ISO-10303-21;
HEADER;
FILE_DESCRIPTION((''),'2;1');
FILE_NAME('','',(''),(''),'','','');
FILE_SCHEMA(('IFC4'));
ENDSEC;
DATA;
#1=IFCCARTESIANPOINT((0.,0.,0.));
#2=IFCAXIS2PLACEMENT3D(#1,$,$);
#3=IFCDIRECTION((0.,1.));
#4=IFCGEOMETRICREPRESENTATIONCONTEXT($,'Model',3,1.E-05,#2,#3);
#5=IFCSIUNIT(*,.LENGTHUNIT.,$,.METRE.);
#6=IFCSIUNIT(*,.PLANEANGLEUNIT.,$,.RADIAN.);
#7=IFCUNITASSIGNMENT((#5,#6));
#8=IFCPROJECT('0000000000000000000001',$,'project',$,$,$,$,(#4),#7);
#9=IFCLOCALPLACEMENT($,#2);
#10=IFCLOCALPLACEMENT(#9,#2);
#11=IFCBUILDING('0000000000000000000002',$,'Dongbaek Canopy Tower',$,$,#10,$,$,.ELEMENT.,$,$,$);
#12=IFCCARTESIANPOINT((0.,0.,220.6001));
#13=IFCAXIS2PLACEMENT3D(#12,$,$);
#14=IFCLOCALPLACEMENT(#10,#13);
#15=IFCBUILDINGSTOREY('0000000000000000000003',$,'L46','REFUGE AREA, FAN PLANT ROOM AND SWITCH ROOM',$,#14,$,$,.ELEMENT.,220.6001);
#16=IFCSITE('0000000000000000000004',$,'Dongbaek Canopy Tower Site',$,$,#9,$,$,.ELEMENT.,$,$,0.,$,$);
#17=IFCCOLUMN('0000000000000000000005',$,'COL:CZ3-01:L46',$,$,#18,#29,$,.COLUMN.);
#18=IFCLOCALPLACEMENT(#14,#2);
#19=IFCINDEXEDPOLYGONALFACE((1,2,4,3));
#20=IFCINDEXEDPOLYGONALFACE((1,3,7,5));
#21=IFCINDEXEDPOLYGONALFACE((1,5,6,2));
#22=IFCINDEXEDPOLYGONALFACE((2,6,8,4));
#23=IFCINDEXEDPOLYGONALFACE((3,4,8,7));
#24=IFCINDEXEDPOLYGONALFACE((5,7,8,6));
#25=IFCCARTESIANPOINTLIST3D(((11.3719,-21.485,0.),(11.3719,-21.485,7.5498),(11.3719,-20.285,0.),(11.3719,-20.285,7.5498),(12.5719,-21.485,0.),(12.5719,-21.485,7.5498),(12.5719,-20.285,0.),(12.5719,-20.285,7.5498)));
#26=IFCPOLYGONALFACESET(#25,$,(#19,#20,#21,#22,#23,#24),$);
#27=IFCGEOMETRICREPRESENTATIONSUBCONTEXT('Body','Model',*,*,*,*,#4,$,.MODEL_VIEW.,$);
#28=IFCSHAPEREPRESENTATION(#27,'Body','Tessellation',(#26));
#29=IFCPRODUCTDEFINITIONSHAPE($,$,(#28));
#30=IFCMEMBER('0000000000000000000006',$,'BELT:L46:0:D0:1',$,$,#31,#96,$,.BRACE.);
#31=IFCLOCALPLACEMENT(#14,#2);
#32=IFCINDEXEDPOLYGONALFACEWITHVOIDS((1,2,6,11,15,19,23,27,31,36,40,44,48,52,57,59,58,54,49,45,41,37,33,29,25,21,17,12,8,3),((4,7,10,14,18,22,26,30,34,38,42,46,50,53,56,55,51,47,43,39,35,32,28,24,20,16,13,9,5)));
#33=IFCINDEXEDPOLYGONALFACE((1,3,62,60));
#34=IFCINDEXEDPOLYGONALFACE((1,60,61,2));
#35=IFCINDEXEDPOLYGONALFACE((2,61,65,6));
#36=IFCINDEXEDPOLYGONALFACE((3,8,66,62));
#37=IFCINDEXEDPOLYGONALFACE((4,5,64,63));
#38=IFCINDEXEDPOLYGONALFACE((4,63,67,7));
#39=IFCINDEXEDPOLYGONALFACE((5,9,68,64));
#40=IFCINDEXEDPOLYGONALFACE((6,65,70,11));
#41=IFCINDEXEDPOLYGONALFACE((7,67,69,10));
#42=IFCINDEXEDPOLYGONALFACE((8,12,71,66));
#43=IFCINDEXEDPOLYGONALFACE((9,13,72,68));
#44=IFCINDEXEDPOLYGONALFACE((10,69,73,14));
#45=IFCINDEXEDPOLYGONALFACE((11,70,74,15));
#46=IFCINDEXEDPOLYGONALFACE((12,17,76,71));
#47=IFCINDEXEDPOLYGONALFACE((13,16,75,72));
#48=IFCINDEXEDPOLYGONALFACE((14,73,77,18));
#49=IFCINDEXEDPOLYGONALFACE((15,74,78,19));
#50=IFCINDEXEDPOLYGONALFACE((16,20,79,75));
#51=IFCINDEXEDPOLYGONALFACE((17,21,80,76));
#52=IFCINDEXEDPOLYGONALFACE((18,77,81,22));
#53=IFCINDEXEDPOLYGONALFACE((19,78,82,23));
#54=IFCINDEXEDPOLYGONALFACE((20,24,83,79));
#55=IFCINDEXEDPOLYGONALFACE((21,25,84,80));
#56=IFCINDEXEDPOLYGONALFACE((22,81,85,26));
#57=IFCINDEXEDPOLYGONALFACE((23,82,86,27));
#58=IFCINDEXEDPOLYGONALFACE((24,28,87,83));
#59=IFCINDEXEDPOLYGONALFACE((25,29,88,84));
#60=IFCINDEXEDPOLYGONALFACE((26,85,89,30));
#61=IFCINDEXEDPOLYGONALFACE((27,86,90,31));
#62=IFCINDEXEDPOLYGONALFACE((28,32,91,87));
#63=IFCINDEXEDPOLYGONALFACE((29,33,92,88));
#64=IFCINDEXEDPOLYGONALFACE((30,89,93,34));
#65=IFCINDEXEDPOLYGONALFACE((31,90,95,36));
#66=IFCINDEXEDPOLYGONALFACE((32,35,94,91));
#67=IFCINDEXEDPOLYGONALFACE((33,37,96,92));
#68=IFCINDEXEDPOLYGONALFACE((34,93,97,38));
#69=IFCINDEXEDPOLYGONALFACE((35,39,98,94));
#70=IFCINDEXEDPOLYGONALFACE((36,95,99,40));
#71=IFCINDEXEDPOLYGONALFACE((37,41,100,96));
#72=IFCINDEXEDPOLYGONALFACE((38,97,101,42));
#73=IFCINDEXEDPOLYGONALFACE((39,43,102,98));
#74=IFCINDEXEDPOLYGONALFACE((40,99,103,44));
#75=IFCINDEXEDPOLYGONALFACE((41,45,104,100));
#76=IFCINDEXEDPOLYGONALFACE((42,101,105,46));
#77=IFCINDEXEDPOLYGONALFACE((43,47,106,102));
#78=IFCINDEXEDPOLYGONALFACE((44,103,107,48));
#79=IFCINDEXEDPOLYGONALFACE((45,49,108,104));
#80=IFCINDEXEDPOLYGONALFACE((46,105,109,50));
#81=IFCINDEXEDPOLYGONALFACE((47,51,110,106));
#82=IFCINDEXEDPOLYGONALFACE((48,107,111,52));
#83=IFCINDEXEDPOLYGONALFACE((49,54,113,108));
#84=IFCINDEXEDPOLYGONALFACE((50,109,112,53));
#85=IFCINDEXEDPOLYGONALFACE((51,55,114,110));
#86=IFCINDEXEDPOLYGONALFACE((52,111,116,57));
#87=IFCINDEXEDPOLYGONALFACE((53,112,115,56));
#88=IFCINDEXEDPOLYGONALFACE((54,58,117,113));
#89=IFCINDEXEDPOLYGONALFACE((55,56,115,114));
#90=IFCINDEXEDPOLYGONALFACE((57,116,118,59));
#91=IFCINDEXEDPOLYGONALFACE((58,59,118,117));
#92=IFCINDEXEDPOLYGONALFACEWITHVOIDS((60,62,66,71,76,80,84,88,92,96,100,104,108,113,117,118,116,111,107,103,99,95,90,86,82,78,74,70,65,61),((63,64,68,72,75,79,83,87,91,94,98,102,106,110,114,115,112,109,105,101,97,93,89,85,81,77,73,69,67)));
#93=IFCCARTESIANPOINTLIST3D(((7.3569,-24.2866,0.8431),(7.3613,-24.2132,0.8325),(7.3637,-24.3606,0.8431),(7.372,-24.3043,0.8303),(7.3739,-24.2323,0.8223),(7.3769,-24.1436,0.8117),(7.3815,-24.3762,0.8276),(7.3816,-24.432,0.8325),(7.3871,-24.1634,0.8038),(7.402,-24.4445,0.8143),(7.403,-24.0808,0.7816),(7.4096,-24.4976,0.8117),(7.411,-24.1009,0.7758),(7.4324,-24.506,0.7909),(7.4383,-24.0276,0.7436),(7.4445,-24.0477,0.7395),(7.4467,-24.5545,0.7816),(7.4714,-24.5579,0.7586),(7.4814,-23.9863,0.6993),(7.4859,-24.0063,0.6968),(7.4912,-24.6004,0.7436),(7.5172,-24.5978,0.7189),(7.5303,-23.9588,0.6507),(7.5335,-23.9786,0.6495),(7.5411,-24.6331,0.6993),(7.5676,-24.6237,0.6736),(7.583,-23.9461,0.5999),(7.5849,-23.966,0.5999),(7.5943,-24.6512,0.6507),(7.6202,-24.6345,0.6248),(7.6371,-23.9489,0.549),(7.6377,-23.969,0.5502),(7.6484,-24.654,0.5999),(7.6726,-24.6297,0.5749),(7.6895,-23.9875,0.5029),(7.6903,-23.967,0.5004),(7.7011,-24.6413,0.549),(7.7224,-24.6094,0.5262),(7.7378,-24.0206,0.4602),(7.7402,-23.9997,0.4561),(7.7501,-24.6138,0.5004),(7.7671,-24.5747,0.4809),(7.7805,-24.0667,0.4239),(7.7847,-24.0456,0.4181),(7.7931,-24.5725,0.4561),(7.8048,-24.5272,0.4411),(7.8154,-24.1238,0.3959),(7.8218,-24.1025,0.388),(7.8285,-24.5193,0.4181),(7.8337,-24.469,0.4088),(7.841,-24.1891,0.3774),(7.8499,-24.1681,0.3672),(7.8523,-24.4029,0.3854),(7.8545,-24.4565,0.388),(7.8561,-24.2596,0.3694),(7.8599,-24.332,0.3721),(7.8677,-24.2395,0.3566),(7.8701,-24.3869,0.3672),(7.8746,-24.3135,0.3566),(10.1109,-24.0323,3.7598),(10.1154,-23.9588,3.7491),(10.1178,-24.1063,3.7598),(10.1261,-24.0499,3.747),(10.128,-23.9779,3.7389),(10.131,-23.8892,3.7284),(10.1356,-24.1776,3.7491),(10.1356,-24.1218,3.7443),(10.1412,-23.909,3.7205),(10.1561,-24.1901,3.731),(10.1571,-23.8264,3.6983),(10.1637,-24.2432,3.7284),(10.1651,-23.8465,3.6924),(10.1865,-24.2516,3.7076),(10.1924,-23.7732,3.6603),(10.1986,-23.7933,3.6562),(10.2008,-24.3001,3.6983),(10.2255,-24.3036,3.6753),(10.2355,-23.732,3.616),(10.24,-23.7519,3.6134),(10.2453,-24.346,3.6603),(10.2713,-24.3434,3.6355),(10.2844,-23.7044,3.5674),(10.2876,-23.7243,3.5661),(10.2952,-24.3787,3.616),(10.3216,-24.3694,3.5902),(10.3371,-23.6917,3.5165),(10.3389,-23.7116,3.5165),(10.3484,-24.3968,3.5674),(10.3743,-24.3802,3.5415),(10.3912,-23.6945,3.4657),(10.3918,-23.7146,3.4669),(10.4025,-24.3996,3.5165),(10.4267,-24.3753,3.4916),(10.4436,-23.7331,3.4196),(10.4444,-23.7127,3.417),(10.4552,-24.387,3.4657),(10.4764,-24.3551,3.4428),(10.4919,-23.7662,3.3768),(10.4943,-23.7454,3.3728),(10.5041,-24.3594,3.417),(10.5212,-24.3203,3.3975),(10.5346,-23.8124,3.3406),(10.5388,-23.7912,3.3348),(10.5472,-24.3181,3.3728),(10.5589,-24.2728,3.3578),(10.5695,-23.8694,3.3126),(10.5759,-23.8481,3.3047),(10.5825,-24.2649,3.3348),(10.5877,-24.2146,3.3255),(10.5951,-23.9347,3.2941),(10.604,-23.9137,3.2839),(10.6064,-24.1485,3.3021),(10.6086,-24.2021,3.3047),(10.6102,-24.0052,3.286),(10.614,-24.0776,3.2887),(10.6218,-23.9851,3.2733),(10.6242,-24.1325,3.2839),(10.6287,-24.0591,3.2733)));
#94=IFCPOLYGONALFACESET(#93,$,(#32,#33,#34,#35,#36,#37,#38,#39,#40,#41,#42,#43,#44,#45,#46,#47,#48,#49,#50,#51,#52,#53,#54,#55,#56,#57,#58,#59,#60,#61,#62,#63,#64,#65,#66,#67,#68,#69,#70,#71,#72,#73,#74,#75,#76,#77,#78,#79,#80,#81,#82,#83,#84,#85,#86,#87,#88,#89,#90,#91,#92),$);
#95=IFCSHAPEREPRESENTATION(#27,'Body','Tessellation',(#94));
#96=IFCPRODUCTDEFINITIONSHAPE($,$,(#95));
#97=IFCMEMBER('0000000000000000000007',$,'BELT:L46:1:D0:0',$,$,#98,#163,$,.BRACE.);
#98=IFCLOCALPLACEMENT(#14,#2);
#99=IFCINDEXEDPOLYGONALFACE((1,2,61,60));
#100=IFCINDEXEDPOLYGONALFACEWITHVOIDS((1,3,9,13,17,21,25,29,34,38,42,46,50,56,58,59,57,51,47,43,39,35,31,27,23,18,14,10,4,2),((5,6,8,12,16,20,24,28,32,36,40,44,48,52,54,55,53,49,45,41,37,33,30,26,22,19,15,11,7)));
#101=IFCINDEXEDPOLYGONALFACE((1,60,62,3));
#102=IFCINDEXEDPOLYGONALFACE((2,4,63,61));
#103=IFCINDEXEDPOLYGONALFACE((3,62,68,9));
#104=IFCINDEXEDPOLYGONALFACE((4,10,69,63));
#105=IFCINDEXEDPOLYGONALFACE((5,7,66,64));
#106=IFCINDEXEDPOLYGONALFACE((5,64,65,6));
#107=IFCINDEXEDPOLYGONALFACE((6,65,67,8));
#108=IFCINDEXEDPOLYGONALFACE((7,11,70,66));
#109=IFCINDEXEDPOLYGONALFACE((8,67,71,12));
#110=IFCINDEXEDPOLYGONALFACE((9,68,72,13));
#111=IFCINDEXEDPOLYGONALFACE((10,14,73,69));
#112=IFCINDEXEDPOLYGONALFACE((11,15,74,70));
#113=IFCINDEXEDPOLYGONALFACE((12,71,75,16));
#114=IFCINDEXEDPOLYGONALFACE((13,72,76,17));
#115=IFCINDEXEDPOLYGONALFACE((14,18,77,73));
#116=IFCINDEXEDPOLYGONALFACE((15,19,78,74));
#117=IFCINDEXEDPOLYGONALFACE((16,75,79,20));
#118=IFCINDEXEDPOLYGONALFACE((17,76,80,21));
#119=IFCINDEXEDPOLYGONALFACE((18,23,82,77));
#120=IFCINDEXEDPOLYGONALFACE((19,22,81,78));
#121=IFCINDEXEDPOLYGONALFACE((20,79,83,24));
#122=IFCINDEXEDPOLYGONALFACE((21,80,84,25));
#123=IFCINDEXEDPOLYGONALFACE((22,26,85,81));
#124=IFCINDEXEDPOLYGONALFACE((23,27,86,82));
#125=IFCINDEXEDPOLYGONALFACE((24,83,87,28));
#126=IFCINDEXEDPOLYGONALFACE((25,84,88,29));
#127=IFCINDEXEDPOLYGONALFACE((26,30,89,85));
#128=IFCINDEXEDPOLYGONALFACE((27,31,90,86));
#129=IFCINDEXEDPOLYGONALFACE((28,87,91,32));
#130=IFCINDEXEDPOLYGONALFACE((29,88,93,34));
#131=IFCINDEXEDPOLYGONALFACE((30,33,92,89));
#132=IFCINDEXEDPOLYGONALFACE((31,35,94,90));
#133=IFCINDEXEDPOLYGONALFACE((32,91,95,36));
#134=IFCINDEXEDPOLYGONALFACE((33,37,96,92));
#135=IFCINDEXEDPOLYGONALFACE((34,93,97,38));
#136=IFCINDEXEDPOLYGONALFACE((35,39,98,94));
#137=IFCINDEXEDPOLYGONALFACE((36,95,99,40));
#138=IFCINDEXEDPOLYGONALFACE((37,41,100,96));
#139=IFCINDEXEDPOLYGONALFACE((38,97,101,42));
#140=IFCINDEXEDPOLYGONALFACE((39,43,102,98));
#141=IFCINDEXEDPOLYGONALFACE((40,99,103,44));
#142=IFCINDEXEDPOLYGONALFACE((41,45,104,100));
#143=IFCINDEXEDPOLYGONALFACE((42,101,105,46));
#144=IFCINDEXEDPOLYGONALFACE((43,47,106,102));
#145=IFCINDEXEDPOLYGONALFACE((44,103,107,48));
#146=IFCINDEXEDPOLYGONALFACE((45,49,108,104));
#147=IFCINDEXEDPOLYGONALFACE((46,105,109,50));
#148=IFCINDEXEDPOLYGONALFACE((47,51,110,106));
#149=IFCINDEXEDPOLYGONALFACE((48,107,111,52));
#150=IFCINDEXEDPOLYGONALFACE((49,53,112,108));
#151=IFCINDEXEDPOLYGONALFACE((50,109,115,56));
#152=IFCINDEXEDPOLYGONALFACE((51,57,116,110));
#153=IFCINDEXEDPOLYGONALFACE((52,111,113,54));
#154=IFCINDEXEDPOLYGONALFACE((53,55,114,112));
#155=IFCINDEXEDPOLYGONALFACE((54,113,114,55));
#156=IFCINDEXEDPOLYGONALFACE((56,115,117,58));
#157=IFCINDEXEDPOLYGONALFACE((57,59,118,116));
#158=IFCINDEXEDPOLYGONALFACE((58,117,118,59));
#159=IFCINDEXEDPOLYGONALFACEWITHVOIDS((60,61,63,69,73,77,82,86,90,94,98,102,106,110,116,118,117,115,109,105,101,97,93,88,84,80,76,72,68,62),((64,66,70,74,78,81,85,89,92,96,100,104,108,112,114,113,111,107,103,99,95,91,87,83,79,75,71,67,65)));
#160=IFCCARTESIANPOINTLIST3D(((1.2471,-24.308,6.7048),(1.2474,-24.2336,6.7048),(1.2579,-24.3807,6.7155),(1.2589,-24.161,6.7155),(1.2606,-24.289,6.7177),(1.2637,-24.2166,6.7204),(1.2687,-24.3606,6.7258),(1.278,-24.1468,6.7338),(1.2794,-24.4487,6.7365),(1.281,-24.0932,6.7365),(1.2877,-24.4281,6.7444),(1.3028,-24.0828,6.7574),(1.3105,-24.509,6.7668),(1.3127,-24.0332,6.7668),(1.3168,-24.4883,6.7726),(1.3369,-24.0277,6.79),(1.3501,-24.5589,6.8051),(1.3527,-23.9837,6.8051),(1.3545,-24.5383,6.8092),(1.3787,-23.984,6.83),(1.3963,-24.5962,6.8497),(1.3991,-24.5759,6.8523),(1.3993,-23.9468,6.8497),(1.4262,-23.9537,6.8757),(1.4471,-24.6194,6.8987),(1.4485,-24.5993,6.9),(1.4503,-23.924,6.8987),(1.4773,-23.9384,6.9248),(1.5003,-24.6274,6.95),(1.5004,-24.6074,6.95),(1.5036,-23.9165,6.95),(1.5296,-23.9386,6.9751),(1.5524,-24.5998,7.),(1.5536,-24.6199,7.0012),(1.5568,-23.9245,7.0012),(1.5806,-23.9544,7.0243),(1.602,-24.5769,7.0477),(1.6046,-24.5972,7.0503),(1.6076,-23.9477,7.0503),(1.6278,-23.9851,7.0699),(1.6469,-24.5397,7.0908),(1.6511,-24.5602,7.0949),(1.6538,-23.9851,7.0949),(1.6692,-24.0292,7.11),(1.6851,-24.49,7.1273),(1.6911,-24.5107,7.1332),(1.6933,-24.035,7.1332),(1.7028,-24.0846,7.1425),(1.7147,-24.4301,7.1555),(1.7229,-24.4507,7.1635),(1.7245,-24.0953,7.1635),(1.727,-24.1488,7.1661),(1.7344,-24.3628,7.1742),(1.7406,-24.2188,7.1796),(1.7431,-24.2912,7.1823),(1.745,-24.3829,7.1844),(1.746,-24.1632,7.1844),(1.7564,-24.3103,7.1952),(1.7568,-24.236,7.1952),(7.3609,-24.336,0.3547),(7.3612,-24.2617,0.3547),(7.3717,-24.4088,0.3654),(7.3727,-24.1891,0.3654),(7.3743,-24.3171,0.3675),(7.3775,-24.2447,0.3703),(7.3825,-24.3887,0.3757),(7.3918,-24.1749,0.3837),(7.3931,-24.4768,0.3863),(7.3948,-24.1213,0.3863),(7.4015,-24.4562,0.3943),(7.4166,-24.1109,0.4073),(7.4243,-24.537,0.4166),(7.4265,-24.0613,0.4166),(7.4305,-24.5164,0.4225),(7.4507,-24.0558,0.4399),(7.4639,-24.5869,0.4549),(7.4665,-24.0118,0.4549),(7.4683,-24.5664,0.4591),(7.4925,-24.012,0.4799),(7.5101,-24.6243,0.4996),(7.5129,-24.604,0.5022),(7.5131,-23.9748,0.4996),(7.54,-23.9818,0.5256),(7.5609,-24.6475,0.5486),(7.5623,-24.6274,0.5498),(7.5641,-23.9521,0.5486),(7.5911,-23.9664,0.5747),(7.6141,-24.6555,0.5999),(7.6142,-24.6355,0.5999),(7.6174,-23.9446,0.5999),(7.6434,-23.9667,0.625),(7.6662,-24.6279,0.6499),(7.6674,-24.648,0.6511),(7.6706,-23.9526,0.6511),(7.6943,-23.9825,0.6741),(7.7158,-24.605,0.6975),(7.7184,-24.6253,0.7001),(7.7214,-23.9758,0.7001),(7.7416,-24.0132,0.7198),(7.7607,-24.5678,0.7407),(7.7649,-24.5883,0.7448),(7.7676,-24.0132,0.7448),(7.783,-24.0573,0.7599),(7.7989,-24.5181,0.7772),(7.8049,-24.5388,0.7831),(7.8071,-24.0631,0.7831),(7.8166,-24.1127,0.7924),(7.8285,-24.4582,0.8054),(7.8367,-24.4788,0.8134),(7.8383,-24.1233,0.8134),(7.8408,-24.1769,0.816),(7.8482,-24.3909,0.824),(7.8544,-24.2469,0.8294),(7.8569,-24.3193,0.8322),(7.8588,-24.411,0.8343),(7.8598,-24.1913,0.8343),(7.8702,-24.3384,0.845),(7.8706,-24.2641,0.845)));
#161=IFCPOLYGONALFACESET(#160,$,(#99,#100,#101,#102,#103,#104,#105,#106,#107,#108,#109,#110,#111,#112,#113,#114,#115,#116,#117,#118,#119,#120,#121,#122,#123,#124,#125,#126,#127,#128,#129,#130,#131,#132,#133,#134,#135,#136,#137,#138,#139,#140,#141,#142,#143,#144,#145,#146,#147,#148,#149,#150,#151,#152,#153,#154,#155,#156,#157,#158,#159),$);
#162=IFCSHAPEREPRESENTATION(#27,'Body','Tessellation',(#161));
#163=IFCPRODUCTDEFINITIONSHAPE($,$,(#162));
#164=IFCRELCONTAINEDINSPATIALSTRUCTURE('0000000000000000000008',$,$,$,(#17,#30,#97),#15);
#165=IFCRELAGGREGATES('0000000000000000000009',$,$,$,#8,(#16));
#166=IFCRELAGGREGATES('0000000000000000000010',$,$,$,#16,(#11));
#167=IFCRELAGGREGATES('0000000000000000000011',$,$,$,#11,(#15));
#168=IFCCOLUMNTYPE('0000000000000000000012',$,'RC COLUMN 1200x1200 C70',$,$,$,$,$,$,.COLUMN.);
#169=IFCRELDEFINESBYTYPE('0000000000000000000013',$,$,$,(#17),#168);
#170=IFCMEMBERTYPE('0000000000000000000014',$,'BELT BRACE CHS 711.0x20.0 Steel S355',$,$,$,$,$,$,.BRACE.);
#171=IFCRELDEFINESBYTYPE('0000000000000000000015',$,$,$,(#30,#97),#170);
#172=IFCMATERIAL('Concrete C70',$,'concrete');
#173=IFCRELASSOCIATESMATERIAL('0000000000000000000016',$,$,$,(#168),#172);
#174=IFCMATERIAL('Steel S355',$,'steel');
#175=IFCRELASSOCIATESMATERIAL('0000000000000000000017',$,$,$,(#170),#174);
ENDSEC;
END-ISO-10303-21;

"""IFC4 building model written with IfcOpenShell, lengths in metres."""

from ifc_helpers import new_model, si_unit, direction, frame, origin, origin_2d, place, context, subcontext, project, spatial, rectangle, hollow_circle, extrude, material, material_profile, profile_set, type_object, element, save


model = new_model("IFC4")

# Units and contexts
model_context = context("Model", 3, precision=1e-05, world=origin(), true_north=direction((0.0, 1.0)))
body_context = subcontext(model_context, "Body", "Model", "MODEL_VIEW")
ifc_project = project(units=[si_unit("LENGTHUNIT", "METRE"), si_unit("PLANEANGLEUNIT", "RADIAN")], contexts=[model_context])

# Site, building, storey
site_placement = place(None, origin())
site = spatial("IfcSite", under=ifc_project, at=site_placement, Name="Dongbaek Canopy Tower Site", CompositionType="ELEMENT", RefElevation=0.0)
building_placement = place(site_placement, origin())
building = spatial("IfcBuilding", under=site, at=building_placement, Name="Dongbaek Canopy Tower", CompositionType="ELEMENT")
storey_placement = place(building_placement, frame((0.0, 0.0, 220.6001)))
storey = spatial("IfcBuildingStorey", under=building, at=storey_placement, Name="L46", Description="REFUGE AREA, FAN PLANT ROOM AND SWITCH ROOM", CompositionType="ELEMENT", Elevation=220.6001)

# Column
ifc_material_1 = material(Name="Concrete C70", Category="concrete")
ifc_material_profile_1 = material_profile(ifc_material_1, rectangle(XDim=1.2, YDim=1.2, at=origin_2d()), Name="RC COLUMN 1200x1200 C70")
ifc_profile_set_1 = profile_set([ifc_material_profile_1], Name="Concrete C70")
column_type = type_object("IfcColumnType", Name="RC COLUMN 1200x1200 C70", PredefinedType="COLUMN", material=ifc_profile_set_1)
column_placement = place(storey_placement, frame((11.9719, -20.885, 0.0), z_axis=(0.0, 0.0, 1.0), x_axis=(1.0, 0.0, 0.0)))
element("IfcColumn", 1, at=column_placement, inside=storey, type_object=column_type, Name="COL:CZ3-01:L46", PredefinedType="COLUMN", context=body_context, shape_type="SweptSolid", body=[
    extrude(rectangle(XDim=1.2, YDim=1.2, at=origin_2d()), origin(), (0.0, 0.0, 1.0), 7.5498),
])

# Members
ifc_material_2 = material(Name="Steel S355", Category="steel")
ifc_material_profile_2 = material_profile(ifc_material_2, hollow_circle(Radius=0.3555, WallThickness=0.02, at=origin_2d()), Name="BELT BRACE CHS 711.0x20.0 Steel S355")
ifc_profile_set_2 = profile_set([ifc_material_profile_2], Name="Steel S355")
member_type_1 = type_object("IfcMemberType", Name="BELT BRACE CHS 711.0x20.0 Steel S355", PredefinedType="BRACE", material=ifc_profile_set_2)
member_1_placement = place(storey_placement, frame((7.6157, -24.3, 0.5999), z_axis=(0.685174, 0.063288, 0.725625), x_axis=(-0.091976, 0.995761, 0.0)))
element("IfcMember", 2, at=member_1_placement, inside=storey, type_object=member_type_1, Name="BELT:L46:0:D0:1", PredefinedType="BRACE", context=body_context, shape_type="SweptSolid", body=[
    extrude(hollow_circle(Radius=0.3555, WallThickness=0.02, at=origin_2d()), origin(), (0.0, 0.0, 1.0), 4.0195),
])
member_2_placement = place(storey_placement, frame((7.6157, -24.3, 0.5999), z_axis=(-0.693571, 0.003185, 0.720381), x_axis=(-0.004592, -0.999989, 0.0)))
element("IfcMember", 3, at=member_2_placement, inside=storey, type_object=member_type_1, Name="BELT:L46:1:D0:0", PredefinedType="BRACE", context=body_context, shape_type="SweptSolid", body=[
    extrude(hollow_circle(Radius=0.3555, WallThickness=0.02, at=origin_2d()), origin(), (0.0, 0.0, 1.0), 8.8149),
])

save(model, "model.ifc")
